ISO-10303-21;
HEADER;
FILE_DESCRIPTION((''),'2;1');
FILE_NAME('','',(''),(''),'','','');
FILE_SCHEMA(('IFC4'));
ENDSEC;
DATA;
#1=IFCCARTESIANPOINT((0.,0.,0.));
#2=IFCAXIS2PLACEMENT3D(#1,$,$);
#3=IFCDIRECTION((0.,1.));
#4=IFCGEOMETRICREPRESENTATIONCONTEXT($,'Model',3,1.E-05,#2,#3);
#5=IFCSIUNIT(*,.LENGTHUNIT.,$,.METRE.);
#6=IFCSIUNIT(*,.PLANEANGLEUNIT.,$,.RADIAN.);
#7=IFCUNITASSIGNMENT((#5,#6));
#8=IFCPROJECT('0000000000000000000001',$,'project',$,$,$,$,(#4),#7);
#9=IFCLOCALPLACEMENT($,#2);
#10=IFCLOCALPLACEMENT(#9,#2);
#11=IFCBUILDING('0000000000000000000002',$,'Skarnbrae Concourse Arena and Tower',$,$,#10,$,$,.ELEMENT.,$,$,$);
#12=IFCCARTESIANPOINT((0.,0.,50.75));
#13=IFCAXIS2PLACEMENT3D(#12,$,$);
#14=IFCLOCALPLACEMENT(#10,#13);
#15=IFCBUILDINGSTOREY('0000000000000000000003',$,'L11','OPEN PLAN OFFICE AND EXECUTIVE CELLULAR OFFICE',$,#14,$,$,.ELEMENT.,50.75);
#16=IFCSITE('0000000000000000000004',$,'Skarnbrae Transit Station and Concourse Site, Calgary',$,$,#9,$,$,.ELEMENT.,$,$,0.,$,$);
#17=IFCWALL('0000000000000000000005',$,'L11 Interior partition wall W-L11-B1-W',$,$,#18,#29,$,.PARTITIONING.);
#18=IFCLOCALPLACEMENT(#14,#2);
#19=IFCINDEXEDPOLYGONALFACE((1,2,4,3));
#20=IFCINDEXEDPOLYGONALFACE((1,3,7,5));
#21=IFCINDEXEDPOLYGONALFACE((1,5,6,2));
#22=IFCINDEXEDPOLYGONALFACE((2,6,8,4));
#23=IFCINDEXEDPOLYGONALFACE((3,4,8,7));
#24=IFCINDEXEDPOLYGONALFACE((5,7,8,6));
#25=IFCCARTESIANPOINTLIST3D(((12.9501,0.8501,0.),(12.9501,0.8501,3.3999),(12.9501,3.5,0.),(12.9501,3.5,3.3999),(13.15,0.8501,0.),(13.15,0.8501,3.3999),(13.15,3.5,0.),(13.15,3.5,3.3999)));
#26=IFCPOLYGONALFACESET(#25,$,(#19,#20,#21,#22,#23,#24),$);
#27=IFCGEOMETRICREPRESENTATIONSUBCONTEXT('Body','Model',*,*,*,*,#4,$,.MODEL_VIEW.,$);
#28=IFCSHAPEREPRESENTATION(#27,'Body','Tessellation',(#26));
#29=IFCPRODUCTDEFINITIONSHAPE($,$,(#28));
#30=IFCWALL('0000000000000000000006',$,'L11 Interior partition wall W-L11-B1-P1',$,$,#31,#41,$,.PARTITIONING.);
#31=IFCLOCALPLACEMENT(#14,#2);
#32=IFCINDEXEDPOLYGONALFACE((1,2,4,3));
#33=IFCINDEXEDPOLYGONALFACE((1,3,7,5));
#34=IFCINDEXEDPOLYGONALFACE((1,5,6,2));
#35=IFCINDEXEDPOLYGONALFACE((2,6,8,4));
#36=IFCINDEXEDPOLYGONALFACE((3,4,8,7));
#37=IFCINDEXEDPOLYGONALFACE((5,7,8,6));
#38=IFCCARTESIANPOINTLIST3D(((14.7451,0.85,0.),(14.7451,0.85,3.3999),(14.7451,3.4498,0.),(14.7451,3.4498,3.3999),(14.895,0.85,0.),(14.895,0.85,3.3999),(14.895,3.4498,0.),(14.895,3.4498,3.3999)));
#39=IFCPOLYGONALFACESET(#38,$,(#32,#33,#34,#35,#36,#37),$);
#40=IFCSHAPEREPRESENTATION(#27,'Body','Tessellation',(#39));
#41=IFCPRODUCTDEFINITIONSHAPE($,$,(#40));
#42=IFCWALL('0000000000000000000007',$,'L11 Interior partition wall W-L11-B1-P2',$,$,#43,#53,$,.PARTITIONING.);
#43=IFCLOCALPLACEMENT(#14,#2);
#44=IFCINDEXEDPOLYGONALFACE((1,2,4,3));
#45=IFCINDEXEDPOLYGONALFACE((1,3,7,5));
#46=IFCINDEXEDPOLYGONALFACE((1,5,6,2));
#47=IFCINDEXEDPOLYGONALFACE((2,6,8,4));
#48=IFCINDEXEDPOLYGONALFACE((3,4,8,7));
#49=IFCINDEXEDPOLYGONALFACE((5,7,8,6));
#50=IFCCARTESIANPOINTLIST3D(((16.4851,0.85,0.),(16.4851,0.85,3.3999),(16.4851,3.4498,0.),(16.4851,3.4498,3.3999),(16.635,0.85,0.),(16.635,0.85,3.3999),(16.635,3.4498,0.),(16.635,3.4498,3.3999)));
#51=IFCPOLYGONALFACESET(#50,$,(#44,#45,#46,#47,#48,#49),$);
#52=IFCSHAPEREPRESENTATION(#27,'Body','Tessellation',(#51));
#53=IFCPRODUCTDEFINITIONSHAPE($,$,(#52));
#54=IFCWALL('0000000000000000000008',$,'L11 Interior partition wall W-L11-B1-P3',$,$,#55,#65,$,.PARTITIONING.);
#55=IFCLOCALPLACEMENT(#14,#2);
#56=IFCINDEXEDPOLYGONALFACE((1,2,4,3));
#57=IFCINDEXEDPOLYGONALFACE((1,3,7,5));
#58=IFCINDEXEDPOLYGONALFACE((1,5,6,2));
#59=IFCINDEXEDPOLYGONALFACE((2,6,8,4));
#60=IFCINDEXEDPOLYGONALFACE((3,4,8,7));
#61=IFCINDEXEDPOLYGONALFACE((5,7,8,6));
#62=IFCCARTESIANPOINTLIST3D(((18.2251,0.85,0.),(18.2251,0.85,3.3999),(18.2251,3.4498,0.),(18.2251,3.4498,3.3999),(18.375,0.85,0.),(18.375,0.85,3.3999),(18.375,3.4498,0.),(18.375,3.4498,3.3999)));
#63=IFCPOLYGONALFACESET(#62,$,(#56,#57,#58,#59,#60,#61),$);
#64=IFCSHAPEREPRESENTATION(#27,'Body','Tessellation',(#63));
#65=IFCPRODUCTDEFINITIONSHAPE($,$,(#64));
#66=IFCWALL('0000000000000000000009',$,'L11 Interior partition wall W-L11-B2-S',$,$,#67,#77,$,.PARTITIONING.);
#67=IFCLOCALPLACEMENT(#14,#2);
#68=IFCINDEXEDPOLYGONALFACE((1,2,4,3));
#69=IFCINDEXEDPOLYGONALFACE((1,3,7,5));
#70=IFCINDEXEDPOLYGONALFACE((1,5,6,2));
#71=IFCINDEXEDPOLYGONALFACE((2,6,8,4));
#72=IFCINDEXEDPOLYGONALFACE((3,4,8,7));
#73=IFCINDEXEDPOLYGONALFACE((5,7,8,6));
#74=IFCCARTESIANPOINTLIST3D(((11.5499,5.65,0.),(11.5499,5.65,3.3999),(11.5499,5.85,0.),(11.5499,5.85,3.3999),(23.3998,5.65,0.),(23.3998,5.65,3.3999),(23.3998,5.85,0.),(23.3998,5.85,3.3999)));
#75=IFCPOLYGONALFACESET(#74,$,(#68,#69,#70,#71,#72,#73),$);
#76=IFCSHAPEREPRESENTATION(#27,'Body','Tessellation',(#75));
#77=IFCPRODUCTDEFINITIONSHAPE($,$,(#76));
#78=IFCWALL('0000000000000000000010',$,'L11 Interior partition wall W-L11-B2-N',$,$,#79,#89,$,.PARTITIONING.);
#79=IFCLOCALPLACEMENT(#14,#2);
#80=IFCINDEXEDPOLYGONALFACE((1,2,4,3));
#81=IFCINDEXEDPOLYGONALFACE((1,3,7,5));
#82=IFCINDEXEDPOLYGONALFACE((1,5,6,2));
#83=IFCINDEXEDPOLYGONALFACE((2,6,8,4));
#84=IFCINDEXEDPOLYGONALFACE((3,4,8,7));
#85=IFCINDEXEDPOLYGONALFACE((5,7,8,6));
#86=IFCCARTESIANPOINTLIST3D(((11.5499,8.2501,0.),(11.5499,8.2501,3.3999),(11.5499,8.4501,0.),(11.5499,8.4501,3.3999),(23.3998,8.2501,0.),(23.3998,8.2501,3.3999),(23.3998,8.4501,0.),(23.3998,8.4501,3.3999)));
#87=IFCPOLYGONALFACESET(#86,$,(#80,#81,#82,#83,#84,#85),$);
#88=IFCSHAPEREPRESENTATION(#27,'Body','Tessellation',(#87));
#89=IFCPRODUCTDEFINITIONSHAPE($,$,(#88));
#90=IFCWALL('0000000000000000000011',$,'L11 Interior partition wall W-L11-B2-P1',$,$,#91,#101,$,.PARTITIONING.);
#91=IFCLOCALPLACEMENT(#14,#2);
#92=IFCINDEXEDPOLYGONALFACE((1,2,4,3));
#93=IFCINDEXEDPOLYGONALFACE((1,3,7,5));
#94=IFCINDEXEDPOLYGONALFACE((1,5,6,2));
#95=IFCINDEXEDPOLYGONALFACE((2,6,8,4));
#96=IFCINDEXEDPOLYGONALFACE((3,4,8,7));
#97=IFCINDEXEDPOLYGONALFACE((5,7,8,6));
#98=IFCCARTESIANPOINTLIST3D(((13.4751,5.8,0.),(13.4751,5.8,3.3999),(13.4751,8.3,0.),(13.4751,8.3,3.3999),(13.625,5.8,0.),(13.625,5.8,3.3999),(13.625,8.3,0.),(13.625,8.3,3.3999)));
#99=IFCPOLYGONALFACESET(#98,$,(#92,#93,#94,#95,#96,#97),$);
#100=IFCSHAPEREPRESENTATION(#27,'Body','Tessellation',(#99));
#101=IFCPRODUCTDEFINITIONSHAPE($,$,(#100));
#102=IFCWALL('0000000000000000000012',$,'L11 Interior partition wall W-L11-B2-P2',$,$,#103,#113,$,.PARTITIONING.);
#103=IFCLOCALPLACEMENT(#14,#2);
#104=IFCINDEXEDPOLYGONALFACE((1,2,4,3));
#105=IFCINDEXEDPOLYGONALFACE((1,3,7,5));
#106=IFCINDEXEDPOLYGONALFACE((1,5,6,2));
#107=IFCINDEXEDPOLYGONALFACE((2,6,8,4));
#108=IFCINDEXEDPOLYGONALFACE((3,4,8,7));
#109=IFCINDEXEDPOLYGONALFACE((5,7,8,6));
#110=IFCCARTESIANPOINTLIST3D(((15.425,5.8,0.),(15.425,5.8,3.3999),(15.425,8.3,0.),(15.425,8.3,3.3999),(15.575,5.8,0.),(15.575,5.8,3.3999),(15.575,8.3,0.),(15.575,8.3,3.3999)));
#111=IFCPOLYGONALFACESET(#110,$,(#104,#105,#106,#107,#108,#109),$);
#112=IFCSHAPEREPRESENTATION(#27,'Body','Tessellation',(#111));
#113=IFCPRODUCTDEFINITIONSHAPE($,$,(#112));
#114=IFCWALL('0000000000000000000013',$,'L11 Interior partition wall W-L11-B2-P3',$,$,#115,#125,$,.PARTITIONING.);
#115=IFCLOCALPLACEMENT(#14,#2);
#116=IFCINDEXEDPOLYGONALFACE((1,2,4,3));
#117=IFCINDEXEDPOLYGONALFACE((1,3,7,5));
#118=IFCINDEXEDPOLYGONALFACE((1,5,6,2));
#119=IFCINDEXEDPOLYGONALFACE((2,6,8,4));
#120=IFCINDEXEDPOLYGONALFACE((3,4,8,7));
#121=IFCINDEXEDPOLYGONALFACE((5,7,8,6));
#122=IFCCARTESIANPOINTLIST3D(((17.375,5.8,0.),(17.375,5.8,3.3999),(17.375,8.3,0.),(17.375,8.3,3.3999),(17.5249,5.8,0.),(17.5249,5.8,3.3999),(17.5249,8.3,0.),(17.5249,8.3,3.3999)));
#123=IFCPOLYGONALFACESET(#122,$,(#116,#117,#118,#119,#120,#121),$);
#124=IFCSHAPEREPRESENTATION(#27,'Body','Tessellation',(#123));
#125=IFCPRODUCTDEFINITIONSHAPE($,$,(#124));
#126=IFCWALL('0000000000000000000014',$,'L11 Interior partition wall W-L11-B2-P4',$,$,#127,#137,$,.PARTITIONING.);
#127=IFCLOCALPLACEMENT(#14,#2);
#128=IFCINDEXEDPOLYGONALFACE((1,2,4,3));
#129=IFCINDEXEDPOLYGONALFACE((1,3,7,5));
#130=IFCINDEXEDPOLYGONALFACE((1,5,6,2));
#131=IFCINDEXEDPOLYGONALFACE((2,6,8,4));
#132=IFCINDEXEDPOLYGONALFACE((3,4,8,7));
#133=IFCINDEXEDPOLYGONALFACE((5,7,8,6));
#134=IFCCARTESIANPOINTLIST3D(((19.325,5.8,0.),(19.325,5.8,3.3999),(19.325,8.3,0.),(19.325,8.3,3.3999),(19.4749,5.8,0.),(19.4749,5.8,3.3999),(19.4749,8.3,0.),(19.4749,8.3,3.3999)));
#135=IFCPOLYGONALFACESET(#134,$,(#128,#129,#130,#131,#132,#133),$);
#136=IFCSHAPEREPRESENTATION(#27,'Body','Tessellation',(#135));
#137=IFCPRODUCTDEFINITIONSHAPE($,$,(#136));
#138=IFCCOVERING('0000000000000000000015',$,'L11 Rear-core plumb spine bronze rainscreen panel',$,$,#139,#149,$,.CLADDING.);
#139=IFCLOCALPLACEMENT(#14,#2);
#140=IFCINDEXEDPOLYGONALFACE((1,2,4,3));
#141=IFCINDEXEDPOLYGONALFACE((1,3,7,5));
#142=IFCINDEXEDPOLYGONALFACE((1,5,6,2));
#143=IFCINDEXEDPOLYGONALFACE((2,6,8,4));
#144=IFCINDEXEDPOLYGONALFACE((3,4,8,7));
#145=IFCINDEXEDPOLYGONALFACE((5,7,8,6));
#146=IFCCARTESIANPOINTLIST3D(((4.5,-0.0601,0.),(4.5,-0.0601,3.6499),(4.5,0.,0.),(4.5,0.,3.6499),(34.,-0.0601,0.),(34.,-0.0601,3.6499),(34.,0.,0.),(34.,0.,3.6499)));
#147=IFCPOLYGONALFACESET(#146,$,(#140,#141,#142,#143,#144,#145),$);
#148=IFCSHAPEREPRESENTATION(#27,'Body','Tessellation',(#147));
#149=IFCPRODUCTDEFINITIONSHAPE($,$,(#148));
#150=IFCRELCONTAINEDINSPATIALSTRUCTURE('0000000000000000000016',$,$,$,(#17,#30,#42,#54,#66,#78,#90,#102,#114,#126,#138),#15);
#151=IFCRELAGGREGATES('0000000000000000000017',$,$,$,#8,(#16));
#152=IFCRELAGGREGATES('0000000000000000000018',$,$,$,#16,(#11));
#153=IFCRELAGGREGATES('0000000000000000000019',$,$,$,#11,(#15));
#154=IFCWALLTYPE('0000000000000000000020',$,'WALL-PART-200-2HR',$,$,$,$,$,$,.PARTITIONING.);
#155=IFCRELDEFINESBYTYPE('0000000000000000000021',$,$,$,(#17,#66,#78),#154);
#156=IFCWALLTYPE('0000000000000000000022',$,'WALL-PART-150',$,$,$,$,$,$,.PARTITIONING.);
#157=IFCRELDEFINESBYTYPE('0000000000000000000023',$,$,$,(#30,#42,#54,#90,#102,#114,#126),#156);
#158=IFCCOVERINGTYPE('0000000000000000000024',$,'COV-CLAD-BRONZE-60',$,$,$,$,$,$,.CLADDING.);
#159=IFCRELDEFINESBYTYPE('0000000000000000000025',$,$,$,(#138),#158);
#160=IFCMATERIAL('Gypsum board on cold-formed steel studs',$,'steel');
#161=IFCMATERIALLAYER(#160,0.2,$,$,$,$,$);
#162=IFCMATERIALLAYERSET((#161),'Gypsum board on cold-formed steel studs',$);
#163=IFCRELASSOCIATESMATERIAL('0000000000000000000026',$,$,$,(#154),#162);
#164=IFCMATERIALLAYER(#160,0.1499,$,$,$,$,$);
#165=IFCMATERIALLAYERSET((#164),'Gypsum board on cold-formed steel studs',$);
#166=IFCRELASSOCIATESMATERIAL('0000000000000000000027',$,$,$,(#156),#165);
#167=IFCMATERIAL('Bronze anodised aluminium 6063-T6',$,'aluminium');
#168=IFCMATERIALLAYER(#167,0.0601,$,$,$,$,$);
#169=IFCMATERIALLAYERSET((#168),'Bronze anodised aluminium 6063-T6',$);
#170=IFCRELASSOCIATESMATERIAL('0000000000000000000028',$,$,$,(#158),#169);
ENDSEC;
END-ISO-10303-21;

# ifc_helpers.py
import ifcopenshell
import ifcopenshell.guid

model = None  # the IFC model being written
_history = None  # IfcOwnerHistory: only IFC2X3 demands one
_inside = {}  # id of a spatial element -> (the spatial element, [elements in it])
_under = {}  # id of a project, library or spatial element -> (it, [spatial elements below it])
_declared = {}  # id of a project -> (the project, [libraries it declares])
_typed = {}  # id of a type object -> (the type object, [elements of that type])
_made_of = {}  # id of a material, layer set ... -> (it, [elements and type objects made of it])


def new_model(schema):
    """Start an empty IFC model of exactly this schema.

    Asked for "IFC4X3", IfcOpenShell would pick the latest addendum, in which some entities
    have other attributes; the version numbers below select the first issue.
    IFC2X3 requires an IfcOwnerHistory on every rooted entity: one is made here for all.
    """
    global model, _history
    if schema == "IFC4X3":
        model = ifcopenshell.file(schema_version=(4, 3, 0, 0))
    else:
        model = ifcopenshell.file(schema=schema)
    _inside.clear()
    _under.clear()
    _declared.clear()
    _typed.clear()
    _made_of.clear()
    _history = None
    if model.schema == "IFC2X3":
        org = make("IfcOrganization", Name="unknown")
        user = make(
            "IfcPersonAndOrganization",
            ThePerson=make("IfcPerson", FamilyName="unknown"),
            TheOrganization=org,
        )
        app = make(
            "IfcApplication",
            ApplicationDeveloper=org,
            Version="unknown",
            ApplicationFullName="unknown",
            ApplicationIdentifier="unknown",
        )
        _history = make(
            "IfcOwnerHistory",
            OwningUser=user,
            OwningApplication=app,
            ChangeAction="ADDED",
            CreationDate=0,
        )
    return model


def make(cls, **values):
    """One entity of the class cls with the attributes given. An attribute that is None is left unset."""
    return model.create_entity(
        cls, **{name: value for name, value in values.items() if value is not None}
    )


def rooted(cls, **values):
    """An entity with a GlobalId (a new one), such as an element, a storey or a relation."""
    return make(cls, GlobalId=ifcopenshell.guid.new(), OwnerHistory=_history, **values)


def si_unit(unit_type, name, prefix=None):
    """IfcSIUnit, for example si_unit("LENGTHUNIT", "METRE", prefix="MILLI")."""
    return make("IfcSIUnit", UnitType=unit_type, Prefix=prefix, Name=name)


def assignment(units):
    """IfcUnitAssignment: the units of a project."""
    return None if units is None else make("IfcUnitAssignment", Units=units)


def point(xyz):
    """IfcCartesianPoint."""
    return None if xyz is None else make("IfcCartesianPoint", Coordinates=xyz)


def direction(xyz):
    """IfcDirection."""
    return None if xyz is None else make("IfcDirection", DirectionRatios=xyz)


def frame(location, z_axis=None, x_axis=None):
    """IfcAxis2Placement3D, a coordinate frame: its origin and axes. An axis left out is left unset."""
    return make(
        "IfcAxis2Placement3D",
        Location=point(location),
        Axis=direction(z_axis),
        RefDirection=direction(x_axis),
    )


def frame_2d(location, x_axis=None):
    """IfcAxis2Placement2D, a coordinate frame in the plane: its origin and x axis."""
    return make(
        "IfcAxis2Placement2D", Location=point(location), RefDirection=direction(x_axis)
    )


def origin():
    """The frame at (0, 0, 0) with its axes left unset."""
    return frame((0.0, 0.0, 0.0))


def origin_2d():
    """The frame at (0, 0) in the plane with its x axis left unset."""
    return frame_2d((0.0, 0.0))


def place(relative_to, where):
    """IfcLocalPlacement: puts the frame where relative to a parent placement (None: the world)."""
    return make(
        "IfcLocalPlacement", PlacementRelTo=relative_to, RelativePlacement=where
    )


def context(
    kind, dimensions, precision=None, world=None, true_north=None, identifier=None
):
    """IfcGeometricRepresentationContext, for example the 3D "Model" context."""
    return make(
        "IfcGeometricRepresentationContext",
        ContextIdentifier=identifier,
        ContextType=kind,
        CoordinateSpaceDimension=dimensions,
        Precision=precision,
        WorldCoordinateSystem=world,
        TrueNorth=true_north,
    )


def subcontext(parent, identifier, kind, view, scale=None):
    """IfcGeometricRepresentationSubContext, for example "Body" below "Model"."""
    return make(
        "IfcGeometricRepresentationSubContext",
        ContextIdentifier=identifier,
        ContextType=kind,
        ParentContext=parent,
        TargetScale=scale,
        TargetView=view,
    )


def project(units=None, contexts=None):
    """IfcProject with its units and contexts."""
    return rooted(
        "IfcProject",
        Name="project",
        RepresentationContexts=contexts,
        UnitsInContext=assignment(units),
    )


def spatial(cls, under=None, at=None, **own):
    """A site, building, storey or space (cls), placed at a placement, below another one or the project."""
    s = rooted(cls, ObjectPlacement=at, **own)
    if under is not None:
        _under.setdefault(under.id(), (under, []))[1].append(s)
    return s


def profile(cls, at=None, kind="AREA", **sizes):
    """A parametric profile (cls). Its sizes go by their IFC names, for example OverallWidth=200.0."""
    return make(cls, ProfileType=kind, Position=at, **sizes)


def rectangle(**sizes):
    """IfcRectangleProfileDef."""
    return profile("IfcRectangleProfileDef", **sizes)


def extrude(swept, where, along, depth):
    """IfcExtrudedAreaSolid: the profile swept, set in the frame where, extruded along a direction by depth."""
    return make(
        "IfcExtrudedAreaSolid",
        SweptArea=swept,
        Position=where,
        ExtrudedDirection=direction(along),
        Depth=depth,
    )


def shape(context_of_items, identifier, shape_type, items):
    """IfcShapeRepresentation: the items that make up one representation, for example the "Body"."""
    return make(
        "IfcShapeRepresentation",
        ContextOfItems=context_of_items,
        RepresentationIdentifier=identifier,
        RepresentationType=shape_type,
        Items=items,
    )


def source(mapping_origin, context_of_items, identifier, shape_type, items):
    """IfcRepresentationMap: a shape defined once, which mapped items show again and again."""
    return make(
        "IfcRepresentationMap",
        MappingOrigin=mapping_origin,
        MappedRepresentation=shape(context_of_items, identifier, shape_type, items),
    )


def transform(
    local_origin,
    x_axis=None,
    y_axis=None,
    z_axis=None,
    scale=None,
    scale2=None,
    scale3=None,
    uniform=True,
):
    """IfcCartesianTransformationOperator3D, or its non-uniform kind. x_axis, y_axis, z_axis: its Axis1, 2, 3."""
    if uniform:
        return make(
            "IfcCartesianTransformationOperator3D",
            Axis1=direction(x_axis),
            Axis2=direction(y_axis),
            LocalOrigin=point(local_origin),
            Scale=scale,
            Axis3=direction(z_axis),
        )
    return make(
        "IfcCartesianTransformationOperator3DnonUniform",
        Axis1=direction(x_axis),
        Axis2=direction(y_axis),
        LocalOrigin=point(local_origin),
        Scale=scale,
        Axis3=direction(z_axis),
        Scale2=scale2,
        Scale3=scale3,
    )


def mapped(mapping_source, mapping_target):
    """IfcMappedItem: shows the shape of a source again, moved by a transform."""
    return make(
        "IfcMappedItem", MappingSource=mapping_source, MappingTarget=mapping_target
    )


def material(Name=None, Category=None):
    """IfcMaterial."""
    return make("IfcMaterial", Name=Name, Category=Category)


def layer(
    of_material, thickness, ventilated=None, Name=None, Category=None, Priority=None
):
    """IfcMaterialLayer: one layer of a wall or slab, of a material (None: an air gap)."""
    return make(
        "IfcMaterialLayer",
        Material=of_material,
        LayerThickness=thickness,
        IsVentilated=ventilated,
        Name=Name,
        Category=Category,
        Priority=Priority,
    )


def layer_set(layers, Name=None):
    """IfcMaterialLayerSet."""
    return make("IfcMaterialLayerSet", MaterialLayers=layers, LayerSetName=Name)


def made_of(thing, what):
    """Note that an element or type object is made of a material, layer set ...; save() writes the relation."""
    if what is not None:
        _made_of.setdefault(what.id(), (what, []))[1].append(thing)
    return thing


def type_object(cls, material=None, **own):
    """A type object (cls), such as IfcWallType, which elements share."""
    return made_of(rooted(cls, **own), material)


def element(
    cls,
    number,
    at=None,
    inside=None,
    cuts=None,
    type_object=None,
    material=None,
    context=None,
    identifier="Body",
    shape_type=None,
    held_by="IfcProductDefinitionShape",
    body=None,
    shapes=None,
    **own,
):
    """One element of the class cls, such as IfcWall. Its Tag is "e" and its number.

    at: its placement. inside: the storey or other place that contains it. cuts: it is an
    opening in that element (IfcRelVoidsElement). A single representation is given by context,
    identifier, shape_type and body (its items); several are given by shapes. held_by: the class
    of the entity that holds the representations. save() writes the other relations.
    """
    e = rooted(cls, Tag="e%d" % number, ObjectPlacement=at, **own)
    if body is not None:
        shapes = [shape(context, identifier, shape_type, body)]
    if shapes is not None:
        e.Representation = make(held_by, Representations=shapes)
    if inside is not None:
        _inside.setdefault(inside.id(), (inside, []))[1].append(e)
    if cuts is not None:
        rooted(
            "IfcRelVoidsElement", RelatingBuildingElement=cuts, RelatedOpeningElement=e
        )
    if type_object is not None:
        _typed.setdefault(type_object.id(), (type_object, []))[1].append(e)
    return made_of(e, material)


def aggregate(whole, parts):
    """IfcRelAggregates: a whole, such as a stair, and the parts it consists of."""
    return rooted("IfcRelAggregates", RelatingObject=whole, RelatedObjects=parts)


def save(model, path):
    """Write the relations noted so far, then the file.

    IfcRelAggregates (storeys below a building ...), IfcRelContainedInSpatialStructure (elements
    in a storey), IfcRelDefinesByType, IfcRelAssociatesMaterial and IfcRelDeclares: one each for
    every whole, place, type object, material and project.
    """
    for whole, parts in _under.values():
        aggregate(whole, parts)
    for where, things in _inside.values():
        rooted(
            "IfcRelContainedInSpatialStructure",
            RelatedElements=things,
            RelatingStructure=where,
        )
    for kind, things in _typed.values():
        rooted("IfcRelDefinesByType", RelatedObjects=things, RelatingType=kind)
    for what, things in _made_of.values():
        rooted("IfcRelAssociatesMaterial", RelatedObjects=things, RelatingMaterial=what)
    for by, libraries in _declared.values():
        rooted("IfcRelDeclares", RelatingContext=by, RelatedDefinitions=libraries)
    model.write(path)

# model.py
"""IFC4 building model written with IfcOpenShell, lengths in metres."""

from ifc_helpers import new_model, si_unit, direction, frame, frame_2d, origin, origin_2d, place, context, subcontext, project, spatial, rectangle, extrude, source, transform, mapped, material, layer, layer_set, type_object, element, save


model = new_model("IFC4")

# Units and contexts
model_context = context("Model", 3, precision=1e-05, world=origin(), true_north=direction((0.0, 1.0)))
body_context = subcontext(model_context, "Body", "Model", "MODEL_VIEW")
ifc_project = project(units=[si_unit("LENGTHUNIT", "METRE"), si_unit("PLANEANGLEUNIT", "RADIAN")], contexts=[model_context])

# Site, building, storey
site_placement = place(None, origin())
site = spatial("IfcSite", under=ifc_project, at=site_placement, Name="Skarnbrae Transit Station and Concourse Site, Calgary", CompositionType="ELEMENT", RefElevation=0.0)
building_placement = place(site_placement, origin())
building = spatial("IfcBuilding", under=site, at=building_placement, Name="Skarnbrae Concourse Arena and Tower", CompositionType="ELEMENT")
storey_placement = place(building_placement, frame((0.0, 0.0, 50.75)))
storey = spatial("IfcBuildingStorey", under=building, at=storey_placement, Name="L11", Description="OPEN PLAN OFFICE AND EXECUTIVE CELLULAR OFFICE", CompositionType="ELEMENT", Elevation=50.75)

# Shared definitions
ifc_material_1 = material(Name="Gypsum board on cold-formed steel studs", Category="steel")
ifc_layer_1 = layer(ifc_material_1, 0.2)
ifc_layer_set_1 = layer_set([ifc_layer_1], Name="Gypsum board on cold-formed steel studs")
wall_type_1 = type_object("IfcWallType", Name="WALL-PART-200-2HR", PredefinedType="PARTITIONING", material=ifc_layer_set_1)

# Wall
shared_shape_1 = source(origin(), body_context, "Body", "SweptSolid", [
    extrude(rectangle(XDim=2.6499, YDim=0.2, at=frame_2d((1.325, 0.0))), origin(), (0.0, 0.0, 1.0), 3.3999),
])
wall_1_placement = place(storey_placement, frame((13.05, 0.8501, 0.0), z_axis=(0.0, 0.0, 1.0), x_axis=(0.0, 1.0, 0.0)))
element("IfcWall", 1, at=wall_1_placement, inside=storey, type_object=wall_type_1, Name="L11 Interior partition wall W-L11-B1-W", PredefinedType="PARTITIONING", context=body_context, shape_type="MappedRepresentation", body=[
    mapped(shared_shape_1, transform((0.0, 0.0, 0.0))),
])

# Shared definitions
ifc_material_2 = material(Name="Bronze anodised aluminium 6063-T6", Category="aluminium")

# Walls
ifc_layer_2 = layer(ifc_material_1, 0.1499)
ifc_layer_set_2 = layer_set([ifc_layer_2], Name="Gypsum board on cold-formed steel studs")
wall_type_2 = type_object("IfcWallType", Name="WALL-PART-150", PredefinedType="PARTITIONING", material=ifc_layer_set_2)
shared_shape_2 = source(origin(), body_context, "Body", "SweptSolid", [
    extrude(rectangle(XDim=2.5999, YDim=0.1499, at=frame_2d((1.2998, 0.0))), origin(), (0.0, 0.0, 1.0), 3.3999),
])
for number, where, z_axis, x_axis, name in (
    (2, (14.8201, 0.8501, 0.0), (0.0, 0.0, 1.0), (0.0, 1.0, 0.0), "L11 Interior partition wall W-L11-B1-P1"),
    (3, (16.5601, 0.8501, 0.0), (0.0, 0.0, 1.0), (0.0, 1.0, 0.0), "L11 Interior partition wall W-L11-B1-P2"),
    (4, (18.3, 0.8501, 0.0), (0.0, 0.0, 1.0), (0.0, 1.0, 0.0), "L11 Interior partition wall W-L11-B1-P3"),
):
    element("IfcWall", number, at=place(storey_placement, frame(where, z_axis=z_axis, x_axis=x_axis)), inside=storey, type_object=wall_type_2, Name=name, PredefinedType="PARTITIONING", context=body_context, shape_type="MappedRepresentation", body=[
        mapped(shared_shape_2, transform((0.0, 0.0, 0.0))),
    ])
shared_shape_3 = source(origin(), body_context, "Body", "SweptSolid", [
    extrude(rectangle(XDim=11.8499, YDim=0.2, at=frame_2d((5.9248, 0.0))), origin(), (0.0, 0.0, 1.0), 3.3999),
])
for number, where, z_axis, x_axis, name in (
    (5, (11.55, 5.75, 0.0), (0.0, 0.0, 1.0), (1.0, 0.0, 0.0), "L11 Interior partition wall W-L11-B2-S"),
    (6, (11.55, 8.3501, 0.0), (0.0, 0.0, 1.0), (1.0, 0.0, 0.0), "L11 Interior partition wall W-L11-B2-N"),
):
    element("IfcWall", number, at=place(storey_placement, frame(where, z_axis=z_axis, x_axis=x_axis)), inside=storey, type_object=wall_type_1, Name=name, PredefinedType="PARTITIONING", context=body_context, shape_type="MappedRepresentation", body=[
        mapped(shared_shape_3, transform((0.0, 0.0, 0.0))),
    ])
shared_shape_4 = source(origin(), body_context, "Body", "SweptSolid", [
    extrude(rectangle(XDim=2.5, YDim=0.1499, at=frame_2d((1.25, 0.0))), origin(), (0.0, 0.0, 1.0), 3.3999),
])
for number, where, z_axis, x_axis, name in (
    (7, (13.55, 5.8, 0.0), (0.0, 0.0, 1.0), (0.0, 1.0, 0.0), "L11 Interior partition wall W-L11-B2-P1"),
    (8, (15.5, 5.8, 0.0), (0.0, 0.0, 1.0), (0.0, 1.0, 0.0), "L11 Interior partition wall W-L11-B2-P2"),
    (9, (17.45, 5.8, 0.0), (0.0, 0.0, 1.0), (0.0, 1.0, 0.0), "L11 Interior partition wall W-L11-B2-P3"),
    (10, (19.3999, 5.8, 0.0), (0.0, 0.0, 1.0), (0.0, 1.0, 0.0), "L11 Interior partition wall W-L11-B2-P4"),
):
    element("IfcWall", number, at=place(storey_placement, frame(where, z_axis=z_axis, x_axis=x_axis)), inside=storey, type_object=wall_type_2, Name=name, PredefinedType="PARTITIONING", context=body_context, shape_type="MappedRepresentation", body=[
        mapped(shared_shape_4, transform((0.0, 0.0, 0.0))),
    ])

# Covering
ifc_layer_3 = layer(ifc_material_2, 0.0601)
ifc_layer_set_3 = layer_set([ifc_layer_3], Name="Bronze anodised aluminium 6063-T6")
covering_type = type_object("IfcCoveringType", Name="COV-CLAD-BRONZE-60", PredefinedType="CLADDING", material=ifc_layer_set_3)
shared_shape_5 = source(origin(), body_context, "Body", "SweptSolid", [
    extrude(rectangle(XDim=29.5, YDim=0.0601, at=origin_2d()), origin(), (0.0, 0.0, 1.0), 3.6499),
])
covering_placement = place(storey_placement, frame((19.25, -0.03, 0.0), z_axis=(0.0, 0.0, 1.0), x_axis=(1.0, 0.0, 0.0)))
element("IfcCovering", 11, at=covering_placement, inside=storey, type_object=covering_type, Name="L11 Rear-core plumb spine bronze rainscreen panel", PredefinedType="CLADDING", context=body_context, shape_type="MappedRepresentation", body=[
    mapped(shared_shape_5, transform((0.0, 0.0, 0.0))),
])

save(model, "model.ifc")
